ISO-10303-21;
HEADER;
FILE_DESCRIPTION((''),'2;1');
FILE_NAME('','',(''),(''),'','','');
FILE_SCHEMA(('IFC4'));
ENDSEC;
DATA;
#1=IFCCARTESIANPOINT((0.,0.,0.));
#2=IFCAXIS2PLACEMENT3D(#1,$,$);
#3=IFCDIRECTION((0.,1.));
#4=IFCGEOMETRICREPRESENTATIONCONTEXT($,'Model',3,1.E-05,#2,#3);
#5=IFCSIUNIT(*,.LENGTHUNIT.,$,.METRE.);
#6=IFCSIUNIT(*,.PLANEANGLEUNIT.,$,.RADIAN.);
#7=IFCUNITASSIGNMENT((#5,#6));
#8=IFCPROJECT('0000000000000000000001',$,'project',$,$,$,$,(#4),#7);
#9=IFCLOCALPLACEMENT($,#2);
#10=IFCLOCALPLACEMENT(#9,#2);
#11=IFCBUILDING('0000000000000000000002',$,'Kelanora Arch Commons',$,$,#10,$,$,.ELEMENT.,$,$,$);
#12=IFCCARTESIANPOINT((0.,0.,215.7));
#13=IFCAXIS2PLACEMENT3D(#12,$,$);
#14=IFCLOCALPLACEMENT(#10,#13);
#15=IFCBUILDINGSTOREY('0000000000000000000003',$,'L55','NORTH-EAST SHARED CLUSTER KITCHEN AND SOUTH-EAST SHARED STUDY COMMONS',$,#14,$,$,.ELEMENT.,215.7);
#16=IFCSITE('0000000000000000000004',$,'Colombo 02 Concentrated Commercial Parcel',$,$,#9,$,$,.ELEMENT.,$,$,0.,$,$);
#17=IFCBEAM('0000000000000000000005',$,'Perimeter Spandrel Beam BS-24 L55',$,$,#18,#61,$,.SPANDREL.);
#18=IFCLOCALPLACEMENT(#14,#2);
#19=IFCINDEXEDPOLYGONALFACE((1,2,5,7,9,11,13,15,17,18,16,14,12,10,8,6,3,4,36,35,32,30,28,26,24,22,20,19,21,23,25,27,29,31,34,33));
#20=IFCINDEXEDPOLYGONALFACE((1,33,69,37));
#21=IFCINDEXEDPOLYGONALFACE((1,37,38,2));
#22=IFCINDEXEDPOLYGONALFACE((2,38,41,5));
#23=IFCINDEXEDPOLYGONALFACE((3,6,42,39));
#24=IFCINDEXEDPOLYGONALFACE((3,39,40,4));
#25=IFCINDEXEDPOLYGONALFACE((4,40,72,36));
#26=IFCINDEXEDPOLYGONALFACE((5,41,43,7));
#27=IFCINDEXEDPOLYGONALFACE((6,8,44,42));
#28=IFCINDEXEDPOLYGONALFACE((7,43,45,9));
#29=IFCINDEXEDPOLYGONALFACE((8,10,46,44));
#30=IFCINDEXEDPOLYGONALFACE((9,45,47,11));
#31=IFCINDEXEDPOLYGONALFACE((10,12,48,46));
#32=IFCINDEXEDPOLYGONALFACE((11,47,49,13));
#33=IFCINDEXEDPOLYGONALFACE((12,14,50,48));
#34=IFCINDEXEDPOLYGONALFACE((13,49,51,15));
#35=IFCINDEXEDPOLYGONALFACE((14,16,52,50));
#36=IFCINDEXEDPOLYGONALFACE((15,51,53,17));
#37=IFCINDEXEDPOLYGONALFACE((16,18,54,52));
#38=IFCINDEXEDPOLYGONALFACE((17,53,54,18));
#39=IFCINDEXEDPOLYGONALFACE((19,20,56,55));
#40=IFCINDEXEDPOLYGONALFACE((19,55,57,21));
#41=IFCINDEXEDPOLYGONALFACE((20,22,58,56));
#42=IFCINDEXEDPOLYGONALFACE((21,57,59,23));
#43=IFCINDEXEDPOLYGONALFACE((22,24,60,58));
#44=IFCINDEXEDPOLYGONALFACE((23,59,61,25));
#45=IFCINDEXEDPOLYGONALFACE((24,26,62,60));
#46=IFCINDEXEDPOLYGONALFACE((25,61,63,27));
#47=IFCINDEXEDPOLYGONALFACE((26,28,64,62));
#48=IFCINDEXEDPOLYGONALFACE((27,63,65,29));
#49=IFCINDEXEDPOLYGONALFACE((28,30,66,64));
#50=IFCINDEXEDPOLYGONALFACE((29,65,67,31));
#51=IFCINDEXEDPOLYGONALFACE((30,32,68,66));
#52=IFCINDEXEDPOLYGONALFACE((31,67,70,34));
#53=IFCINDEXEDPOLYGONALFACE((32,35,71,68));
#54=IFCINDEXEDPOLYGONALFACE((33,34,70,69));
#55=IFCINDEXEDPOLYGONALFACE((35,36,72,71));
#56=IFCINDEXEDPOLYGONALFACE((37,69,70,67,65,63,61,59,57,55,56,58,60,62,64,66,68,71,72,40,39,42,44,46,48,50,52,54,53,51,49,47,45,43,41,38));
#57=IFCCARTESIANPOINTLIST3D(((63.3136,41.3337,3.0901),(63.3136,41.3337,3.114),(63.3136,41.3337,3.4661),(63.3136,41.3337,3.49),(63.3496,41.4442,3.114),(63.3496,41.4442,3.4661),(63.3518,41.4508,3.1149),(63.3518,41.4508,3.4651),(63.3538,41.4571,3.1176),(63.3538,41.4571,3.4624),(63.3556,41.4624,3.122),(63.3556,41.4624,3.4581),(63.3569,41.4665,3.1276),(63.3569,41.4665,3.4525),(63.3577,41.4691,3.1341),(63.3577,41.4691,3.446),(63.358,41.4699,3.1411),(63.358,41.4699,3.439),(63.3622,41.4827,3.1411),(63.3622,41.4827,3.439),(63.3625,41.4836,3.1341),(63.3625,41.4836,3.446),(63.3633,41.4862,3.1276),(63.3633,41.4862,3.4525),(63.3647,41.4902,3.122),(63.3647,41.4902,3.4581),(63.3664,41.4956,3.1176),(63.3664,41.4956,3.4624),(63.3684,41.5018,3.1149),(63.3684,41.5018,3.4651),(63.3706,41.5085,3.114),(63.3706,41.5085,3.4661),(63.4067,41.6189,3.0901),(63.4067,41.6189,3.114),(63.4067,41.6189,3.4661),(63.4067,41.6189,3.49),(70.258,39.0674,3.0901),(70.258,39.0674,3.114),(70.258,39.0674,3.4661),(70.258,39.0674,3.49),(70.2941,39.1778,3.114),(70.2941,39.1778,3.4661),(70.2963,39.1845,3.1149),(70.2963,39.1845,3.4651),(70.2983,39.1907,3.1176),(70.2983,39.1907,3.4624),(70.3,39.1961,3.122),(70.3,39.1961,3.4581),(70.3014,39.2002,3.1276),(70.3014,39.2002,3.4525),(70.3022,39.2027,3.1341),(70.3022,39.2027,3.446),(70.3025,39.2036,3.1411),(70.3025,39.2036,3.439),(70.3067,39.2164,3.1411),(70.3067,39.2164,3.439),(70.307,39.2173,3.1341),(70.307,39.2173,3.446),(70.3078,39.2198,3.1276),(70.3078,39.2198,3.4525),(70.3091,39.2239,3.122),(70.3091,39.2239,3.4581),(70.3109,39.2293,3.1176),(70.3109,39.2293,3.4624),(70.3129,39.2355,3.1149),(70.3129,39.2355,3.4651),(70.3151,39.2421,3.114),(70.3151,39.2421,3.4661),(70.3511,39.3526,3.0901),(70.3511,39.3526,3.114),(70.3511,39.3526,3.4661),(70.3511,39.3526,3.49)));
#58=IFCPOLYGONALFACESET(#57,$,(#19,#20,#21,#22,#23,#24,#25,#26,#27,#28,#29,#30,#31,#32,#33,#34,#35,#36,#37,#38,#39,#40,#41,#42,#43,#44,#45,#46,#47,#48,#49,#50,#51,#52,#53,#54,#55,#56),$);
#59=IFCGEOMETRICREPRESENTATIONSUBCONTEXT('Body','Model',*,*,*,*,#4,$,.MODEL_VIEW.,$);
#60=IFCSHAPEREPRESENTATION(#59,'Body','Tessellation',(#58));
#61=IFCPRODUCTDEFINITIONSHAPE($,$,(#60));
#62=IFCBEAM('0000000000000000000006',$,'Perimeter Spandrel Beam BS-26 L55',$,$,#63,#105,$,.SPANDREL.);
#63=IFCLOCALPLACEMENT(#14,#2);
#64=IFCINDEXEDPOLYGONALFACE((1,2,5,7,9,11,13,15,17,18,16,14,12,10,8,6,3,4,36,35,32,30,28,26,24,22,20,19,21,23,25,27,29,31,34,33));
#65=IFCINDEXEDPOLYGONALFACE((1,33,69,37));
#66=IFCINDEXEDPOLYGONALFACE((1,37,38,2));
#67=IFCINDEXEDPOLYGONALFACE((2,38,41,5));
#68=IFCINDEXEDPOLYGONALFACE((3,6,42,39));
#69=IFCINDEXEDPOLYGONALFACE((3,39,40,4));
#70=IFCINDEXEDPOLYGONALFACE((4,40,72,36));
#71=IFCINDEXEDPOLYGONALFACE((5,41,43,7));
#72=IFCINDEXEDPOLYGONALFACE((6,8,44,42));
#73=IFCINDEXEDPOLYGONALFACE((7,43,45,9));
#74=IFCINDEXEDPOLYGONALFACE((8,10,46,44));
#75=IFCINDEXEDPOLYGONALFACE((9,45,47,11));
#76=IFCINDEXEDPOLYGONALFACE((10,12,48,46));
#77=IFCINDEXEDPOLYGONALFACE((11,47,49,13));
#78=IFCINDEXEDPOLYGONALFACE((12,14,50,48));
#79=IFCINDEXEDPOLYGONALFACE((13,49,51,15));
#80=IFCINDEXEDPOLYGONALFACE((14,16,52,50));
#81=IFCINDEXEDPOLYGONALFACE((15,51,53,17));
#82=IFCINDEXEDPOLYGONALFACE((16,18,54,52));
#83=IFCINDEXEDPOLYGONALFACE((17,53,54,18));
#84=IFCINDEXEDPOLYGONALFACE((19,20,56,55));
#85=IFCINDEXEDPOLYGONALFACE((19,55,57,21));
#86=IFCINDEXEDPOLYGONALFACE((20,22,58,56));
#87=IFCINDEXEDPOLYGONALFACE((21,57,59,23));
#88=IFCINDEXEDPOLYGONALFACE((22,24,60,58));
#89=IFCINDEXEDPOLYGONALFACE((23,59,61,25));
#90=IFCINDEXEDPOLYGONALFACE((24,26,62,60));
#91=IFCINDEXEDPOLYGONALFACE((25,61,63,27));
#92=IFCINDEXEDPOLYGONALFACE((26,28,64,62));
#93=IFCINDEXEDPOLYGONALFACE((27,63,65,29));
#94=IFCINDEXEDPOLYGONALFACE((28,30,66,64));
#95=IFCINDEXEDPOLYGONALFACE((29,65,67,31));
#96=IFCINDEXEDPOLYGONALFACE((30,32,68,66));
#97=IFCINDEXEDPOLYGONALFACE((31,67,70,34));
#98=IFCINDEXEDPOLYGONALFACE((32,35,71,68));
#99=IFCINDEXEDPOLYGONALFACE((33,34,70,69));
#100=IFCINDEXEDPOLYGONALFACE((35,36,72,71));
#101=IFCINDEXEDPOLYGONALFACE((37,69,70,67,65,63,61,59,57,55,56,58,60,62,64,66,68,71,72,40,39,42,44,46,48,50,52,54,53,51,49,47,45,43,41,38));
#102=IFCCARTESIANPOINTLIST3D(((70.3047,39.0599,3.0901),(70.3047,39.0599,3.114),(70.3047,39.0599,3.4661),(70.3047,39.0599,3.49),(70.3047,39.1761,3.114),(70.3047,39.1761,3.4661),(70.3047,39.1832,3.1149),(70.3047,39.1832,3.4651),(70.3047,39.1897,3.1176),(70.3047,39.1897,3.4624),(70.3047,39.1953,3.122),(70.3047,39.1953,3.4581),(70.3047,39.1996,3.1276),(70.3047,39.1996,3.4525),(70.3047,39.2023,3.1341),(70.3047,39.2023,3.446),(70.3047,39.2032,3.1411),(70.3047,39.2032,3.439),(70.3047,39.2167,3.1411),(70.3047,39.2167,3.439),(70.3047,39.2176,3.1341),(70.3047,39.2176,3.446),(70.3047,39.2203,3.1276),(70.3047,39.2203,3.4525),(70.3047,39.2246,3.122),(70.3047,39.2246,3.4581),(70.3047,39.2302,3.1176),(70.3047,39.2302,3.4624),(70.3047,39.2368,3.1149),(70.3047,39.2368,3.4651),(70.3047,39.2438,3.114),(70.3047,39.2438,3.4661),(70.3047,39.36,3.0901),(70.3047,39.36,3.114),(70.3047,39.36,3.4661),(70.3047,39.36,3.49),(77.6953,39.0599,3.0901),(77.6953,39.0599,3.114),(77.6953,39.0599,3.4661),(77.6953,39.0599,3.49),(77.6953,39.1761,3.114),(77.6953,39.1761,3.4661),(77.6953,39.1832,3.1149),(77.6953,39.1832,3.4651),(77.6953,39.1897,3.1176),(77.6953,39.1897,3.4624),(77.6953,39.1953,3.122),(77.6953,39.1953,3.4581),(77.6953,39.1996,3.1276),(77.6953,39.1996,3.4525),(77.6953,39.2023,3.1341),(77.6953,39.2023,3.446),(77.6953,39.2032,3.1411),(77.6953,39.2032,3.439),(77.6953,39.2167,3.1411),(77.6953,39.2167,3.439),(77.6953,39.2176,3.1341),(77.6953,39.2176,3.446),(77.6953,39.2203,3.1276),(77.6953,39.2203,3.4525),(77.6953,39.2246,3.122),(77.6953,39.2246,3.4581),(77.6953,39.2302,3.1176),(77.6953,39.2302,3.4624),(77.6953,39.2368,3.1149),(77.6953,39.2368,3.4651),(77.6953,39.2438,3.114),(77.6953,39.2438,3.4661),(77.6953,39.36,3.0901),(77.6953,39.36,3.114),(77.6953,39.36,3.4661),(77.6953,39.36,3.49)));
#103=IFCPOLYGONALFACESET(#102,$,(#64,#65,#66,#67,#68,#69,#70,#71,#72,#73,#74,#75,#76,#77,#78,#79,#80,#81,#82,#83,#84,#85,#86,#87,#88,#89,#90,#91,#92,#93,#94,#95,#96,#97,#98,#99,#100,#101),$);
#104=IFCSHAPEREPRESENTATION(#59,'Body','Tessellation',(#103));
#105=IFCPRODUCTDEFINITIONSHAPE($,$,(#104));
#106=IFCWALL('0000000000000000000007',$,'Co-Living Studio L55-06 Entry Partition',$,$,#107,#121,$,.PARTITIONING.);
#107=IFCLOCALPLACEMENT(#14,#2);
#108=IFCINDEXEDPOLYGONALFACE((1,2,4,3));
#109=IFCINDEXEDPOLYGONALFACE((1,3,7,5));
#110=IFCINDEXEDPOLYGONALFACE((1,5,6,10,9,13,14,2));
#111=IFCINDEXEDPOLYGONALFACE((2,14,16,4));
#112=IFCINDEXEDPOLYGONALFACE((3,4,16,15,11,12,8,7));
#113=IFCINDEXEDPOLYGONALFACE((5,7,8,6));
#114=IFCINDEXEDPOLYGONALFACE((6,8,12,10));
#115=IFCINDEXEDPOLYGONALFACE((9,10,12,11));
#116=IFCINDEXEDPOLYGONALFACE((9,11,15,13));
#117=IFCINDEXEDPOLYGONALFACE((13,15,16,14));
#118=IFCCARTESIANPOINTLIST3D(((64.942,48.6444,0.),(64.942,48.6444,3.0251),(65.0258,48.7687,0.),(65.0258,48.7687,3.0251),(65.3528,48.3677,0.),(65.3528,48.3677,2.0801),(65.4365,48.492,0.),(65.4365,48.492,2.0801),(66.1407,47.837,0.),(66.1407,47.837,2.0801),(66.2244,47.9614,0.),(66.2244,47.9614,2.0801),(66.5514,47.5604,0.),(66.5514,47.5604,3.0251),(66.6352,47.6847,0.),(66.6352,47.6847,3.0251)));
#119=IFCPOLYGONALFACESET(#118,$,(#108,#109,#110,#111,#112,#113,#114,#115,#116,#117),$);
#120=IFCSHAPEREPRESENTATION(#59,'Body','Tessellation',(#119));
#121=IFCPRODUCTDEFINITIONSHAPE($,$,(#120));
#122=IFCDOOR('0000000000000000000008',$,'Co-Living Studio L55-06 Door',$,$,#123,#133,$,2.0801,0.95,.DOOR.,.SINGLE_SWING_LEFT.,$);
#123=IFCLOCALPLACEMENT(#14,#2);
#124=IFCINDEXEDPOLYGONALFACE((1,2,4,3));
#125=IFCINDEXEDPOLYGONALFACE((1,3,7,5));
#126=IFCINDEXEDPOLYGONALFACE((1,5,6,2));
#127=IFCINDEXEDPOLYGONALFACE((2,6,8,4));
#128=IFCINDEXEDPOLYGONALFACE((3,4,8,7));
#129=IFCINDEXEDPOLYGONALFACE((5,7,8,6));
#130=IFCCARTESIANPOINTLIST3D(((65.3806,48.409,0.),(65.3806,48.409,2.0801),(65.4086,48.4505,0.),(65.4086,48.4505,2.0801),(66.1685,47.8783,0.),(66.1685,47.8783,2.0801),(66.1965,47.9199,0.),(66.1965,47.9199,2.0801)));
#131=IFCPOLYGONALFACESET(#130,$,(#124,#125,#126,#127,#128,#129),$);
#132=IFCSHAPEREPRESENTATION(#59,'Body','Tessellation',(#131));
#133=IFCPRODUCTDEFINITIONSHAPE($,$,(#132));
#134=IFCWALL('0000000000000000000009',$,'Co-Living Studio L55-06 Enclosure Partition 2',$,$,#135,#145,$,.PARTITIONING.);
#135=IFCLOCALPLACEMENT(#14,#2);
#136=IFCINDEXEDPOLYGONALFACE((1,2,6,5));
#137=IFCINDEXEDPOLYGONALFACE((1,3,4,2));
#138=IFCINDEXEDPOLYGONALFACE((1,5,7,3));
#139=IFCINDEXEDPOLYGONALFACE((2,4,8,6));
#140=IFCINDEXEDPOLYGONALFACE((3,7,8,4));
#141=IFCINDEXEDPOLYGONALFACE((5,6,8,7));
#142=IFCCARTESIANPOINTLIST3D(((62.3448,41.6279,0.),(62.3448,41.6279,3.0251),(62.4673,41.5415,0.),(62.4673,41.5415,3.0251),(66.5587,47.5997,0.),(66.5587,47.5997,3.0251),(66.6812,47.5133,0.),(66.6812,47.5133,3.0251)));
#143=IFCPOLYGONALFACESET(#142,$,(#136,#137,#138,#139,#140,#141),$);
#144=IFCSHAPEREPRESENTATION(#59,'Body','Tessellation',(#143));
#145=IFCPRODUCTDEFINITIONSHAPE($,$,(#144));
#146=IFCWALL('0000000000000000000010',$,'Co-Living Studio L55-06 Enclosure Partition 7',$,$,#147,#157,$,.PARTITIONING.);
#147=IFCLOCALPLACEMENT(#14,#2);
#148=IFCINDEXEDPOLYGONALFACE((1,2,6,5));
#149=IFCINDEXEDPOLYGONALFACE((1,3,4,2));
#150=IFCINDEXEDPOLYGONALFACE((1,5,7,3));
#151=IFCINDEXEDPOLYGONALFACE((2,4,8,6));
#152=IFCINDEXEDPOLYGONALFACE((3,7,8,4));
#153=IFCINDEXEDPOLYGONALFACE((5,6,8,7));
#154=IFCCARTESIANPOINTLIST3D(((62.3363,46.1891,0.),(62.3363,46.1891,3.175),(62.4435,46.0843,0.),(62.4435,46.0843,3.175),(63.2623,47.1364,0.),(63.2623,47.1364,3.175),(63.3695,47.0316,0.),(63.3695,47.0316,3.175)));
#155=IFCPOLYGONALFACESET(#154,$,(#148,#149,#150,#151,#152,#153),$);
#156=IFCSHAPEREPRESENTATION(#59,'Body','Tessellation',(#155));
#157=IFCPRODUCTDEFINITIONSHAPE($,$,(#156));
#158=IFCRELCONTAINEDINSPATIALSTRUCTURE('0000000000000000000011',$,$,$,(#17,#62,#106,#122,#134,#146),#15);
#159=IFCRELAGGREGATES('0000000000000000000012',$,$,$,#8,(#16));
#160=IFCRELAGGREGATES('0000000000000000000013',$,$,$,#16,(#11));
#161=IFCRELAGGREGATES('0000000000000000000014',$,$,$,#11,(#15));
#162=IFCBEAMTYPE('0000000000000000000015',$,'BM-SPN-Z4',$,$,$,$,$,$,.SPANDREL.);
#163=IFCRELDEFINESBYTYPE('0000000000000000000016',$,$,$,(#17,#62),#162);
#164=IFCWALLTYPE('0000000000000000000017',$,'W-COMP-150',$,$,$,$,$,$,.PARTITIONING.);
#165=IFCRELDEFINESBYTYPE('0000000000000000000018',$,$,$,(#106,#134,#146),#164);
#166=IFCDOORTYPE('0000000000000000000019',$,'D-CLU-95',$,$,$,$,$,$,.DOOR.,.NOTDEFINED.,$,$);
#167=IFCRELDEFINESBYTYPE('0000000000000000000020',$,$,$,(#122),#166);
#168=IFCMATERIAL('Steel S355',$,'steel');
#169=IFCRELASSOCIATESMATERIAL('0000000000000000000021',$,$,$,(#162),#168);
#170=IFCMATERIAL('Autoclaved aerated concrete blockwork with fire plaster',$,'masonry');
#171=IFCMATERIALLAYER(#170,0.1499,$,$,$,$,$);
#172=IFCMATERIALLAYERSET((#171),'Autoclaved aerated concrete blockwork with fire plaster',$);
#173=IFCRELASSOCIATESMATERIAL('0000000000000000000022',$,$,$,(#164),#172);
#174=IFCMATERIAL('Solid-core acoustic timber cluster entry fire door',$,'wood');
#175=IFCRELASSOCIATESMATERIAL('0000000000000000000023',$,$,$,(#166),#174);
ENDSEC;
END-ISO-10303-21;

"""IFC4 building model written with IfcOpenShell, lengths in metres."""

from ifc_helpers import new_model, si_unit, direction, frame, frame_2d, origin, origin_2d, place, context, subcontext, project, spatial, rectangle, i_section, extrude, material, layer, layer_set, material_profile, profile_set, type_object, element, fill, save


model = new_model("IFC4")

# Units and contexts
model_context = context("Model", 3, precision=1e-05, world=origin(), true_north=direction((0.0, 1.0)))
body_context = subcontext(model_context, "Body", "Model", "MODEL_VIEW")
ifc_project = project(units=[si_unit("LENGTHUNIT", "METRE"), si_unit("PLANEANGLEUNIT", "RADIAN")], contexts=[model_context])

# Site, building, storey
site_placement = place(None, origin())
site = spatial("IfcSite", under=ifc_project, at=site_placement, Name="Colombo 02 Concentrated Commercial Parcel", CompositionType="ELEMENT", RefElevation=0.0)
building_placement = place(site_placement, origin())
building = spatial("IfcBuilding", under=site, at=building_placement, Name="Kelanora Arch Commons", CompositionType="ELEMENT")
storey_placement = place(building_placement, frame((0.0, 0.0, 215.7)))
storey = spatial("IfcBuildingStorey", under=building, at=storey_placement, Name="L55", Description="NORTH-EAST SHARED CLUSTER KITCHEN AND SOUTH-EAST SHARED STUDY COMMONS", CompositionType="ELEMENT", Elevation=215.7)

# Beams
ifc_material_1 = material(Name="Steel S355", Category="steel")
ifc_material_profile_1 = material_profile(ifc_material_1, i_section(OverallWidth=0.3, OverallDepth=0.3999, WebThickness=0.0134, FlangeThickness=0.0239, FilletRadius=0.0271, at=origin_2d()), Name="HEB400")
ifc_profile_set_1 = profile_set([ifc_material_profile_1], Name="Steel S355")
beam_type_1 = type_object("IfcBeamType", Name="BM-SPN-Z4", PredefinedType="SPANDREL", material=ifc_profile_set_1)
beam_1_placement = place(storey_placement, frame((63.3601, 41.4763, 3.29), z_axis=(0.950656, -0.310246, 0.0), x_axis=(0.310246, 0.950656, 0.0)))
element("IfcBeam", 1, at=beam_1_placement, inside=storey, type_object=beam_type_1, Name="Perimeter Spandrel Beam BS-24 L55", PredefinedType="SPANDREL", context=body_context, shape_type="SweptSolid", body=[
    extrude(i_section(OverallWidth=0.3, OverallDepth=0.3999, WebThickness=0.0134, FlangeThickness=0.0239, FilletRadius=0.0271, at=origin_2d()), origin(), (0.0, 0.0, 1.0), 7.3049),
])
beam_2_placement = place(storey_placement, frame((70.3047, 39.21, 3.29), z_axis=(1.0, 0.0, 0.0), x_axis=(0.0, 1.0, 0.0)))
element("IfcBeam", 2, at=beam_2_placement, inside=storey, type_object=beam_type_1, Name="Perimeter Spandrel Beam BS-26 L55", PredefinedType="SPANDREL", context=body_context, shape_type="SweptSolid", body=[
    extrude(i_section(OverallWidth=0.3, OverallDepth=0.3999, WebThickness=0.0134, FlangeThickness=0.0239, FilletRadius=0.0271, at=origin_2d()), origin(), (0.0, 0.0, 1.0), 7.3906),
])

# Wall, opening, door
ifc_material_2 = material(Name="Autoclaved aerated concrete blockwork with fire plaster", Category="masonry")
ifc_layer_1 = layer(ifc_material_2, 0.1499)
ifc_layer_set_1 = layer_set([ifc_layer_1], Name="Autoclaved aerated concrete blockwork with fire plaster")
wall_type_1 = type_object("IfcWallType", Name="W-COMP-150", PredefinedType="PARTITIONING", material=ifc_layer_set_1)
wall_1_placement = place(storey_placement, frame((64.9839, 48.7065, 0.0), z_axis=(0.0, 0.0, 1.0), x_axis=(0.829408, -0.558643, 0.0)))
wall_1 = element("IfcWall", 3, at=wall_1_placement, inside=storey, type_object=wall_type_1, Name="Co-Living Studio L55-06 Entry Partition", PredefinedType="PARTITIONING", context=body_context, shape_type="SweptSolid", body=[
    extrude(rectangle(XDim=1.9404, YDim=0.1499, at=frame_2d((0.9702, 0.0))), origin(), (0.0, 0.0, 1.0), 3.0251),
])
opening_1_placement = place(wall_1_placement, frame((0.4951, 0.0, 0.0)))
opening_1 = element("IfcOpeningElement", 4, at=opening_1_placement, cuts=wall_1, PredefinedType="OPENING", context=body_context, shape_type="SweptSolid", body=[
    extrude(rectangle(XDim=0.95, YDim=2.0801, at=frame_2d((0.4751, 1.04))), frame((0.0, 0.085, 0.0), z_axis=(0.0, -1.0, 0.0), x_axis=(1.0, 0.0, 0.0)), (0.0, 0.0, 1.0), 0.1699),
])
ifc_material_3 = material(Name="Solid-core acoustic timber cluster entry fire door", Category="wood")
door_type_1 = type_object("IfcDoorType", Name="D-CLU-95", OperationType="NOTDEFINED", PredefinedType="DOOR", material=ifc_material_3)
door_1_placement = place(opening_1_placement, origin())
door_1 = element("IfcDoor", 5, at=door_1_placement, inside=storey, type_object=door_type_1, Name="Co-Living Studio L55-06 Door", OperationType="SINGLE_SWING_LEFT", OverallHeight=2.0801, OverallWidth=0.95, PredefinedType="DOOR", context=body_context, shape_type="SweptSolid", body=[
    extrude(rectangle(XDim=0.95, YDim=2.0801, at=frame_2d((0.4751, 1.04))), frame((0.0, 0.0249, 0.0), z_axis=(0.0, -1.0, 0.0), x_axis=(1.0, 0.0, 0.0)), (0.0, 0.0, 1.0), 0.05),
])
fill(opening_1, door_1)

# Walls
wall_2_placement = place(storey_placement, frame((66.6199, 47.5564, 0.0), z_axis=(0.0, 0.0, 1.0), x_axis=(-0.576552, -0.81706, 0.0)))
element("IfcWall", 6, at=wall_2_placement, inside=storey, type_object=wall_type_1, Name="Co-Living Studio L55-06 Enclosure Partition 2", PredefinedType="PARTITIONING", context=body_context, shape_type="SweptSolid", body=[
    extrude(rectangle(XDim=7.3088, YDim=0.1499, at=frame_2d((3.6543, 0.0))), origin(), (0.0, 0.0, 1.0), 3.0251),
])
wall_3_placement = place(storey_placement, frame((62.3899, 46.1367, 0.0), z_axis=(0.0, 0.0, 1.0), x_axis=(0.699044, 0.715078, 0.0)))
element("IfcWall", 7, at=wall_3_placement, inside=storey, type_object=wall_type_1, Name="Co-Living Studio L55-06 Enclosure Partition 7", PredefinedType="PARTITIONING", context=body_context, shape_type="SweptSolid", body=[
    extrude(rectangle(XDim=1.3247, YDim=0.1499, at=frame_2d((0.6624, 0.0))), origin(), (0.0, 0.0, 1.0), 3.175),
])

save(model, "model.ifc")
